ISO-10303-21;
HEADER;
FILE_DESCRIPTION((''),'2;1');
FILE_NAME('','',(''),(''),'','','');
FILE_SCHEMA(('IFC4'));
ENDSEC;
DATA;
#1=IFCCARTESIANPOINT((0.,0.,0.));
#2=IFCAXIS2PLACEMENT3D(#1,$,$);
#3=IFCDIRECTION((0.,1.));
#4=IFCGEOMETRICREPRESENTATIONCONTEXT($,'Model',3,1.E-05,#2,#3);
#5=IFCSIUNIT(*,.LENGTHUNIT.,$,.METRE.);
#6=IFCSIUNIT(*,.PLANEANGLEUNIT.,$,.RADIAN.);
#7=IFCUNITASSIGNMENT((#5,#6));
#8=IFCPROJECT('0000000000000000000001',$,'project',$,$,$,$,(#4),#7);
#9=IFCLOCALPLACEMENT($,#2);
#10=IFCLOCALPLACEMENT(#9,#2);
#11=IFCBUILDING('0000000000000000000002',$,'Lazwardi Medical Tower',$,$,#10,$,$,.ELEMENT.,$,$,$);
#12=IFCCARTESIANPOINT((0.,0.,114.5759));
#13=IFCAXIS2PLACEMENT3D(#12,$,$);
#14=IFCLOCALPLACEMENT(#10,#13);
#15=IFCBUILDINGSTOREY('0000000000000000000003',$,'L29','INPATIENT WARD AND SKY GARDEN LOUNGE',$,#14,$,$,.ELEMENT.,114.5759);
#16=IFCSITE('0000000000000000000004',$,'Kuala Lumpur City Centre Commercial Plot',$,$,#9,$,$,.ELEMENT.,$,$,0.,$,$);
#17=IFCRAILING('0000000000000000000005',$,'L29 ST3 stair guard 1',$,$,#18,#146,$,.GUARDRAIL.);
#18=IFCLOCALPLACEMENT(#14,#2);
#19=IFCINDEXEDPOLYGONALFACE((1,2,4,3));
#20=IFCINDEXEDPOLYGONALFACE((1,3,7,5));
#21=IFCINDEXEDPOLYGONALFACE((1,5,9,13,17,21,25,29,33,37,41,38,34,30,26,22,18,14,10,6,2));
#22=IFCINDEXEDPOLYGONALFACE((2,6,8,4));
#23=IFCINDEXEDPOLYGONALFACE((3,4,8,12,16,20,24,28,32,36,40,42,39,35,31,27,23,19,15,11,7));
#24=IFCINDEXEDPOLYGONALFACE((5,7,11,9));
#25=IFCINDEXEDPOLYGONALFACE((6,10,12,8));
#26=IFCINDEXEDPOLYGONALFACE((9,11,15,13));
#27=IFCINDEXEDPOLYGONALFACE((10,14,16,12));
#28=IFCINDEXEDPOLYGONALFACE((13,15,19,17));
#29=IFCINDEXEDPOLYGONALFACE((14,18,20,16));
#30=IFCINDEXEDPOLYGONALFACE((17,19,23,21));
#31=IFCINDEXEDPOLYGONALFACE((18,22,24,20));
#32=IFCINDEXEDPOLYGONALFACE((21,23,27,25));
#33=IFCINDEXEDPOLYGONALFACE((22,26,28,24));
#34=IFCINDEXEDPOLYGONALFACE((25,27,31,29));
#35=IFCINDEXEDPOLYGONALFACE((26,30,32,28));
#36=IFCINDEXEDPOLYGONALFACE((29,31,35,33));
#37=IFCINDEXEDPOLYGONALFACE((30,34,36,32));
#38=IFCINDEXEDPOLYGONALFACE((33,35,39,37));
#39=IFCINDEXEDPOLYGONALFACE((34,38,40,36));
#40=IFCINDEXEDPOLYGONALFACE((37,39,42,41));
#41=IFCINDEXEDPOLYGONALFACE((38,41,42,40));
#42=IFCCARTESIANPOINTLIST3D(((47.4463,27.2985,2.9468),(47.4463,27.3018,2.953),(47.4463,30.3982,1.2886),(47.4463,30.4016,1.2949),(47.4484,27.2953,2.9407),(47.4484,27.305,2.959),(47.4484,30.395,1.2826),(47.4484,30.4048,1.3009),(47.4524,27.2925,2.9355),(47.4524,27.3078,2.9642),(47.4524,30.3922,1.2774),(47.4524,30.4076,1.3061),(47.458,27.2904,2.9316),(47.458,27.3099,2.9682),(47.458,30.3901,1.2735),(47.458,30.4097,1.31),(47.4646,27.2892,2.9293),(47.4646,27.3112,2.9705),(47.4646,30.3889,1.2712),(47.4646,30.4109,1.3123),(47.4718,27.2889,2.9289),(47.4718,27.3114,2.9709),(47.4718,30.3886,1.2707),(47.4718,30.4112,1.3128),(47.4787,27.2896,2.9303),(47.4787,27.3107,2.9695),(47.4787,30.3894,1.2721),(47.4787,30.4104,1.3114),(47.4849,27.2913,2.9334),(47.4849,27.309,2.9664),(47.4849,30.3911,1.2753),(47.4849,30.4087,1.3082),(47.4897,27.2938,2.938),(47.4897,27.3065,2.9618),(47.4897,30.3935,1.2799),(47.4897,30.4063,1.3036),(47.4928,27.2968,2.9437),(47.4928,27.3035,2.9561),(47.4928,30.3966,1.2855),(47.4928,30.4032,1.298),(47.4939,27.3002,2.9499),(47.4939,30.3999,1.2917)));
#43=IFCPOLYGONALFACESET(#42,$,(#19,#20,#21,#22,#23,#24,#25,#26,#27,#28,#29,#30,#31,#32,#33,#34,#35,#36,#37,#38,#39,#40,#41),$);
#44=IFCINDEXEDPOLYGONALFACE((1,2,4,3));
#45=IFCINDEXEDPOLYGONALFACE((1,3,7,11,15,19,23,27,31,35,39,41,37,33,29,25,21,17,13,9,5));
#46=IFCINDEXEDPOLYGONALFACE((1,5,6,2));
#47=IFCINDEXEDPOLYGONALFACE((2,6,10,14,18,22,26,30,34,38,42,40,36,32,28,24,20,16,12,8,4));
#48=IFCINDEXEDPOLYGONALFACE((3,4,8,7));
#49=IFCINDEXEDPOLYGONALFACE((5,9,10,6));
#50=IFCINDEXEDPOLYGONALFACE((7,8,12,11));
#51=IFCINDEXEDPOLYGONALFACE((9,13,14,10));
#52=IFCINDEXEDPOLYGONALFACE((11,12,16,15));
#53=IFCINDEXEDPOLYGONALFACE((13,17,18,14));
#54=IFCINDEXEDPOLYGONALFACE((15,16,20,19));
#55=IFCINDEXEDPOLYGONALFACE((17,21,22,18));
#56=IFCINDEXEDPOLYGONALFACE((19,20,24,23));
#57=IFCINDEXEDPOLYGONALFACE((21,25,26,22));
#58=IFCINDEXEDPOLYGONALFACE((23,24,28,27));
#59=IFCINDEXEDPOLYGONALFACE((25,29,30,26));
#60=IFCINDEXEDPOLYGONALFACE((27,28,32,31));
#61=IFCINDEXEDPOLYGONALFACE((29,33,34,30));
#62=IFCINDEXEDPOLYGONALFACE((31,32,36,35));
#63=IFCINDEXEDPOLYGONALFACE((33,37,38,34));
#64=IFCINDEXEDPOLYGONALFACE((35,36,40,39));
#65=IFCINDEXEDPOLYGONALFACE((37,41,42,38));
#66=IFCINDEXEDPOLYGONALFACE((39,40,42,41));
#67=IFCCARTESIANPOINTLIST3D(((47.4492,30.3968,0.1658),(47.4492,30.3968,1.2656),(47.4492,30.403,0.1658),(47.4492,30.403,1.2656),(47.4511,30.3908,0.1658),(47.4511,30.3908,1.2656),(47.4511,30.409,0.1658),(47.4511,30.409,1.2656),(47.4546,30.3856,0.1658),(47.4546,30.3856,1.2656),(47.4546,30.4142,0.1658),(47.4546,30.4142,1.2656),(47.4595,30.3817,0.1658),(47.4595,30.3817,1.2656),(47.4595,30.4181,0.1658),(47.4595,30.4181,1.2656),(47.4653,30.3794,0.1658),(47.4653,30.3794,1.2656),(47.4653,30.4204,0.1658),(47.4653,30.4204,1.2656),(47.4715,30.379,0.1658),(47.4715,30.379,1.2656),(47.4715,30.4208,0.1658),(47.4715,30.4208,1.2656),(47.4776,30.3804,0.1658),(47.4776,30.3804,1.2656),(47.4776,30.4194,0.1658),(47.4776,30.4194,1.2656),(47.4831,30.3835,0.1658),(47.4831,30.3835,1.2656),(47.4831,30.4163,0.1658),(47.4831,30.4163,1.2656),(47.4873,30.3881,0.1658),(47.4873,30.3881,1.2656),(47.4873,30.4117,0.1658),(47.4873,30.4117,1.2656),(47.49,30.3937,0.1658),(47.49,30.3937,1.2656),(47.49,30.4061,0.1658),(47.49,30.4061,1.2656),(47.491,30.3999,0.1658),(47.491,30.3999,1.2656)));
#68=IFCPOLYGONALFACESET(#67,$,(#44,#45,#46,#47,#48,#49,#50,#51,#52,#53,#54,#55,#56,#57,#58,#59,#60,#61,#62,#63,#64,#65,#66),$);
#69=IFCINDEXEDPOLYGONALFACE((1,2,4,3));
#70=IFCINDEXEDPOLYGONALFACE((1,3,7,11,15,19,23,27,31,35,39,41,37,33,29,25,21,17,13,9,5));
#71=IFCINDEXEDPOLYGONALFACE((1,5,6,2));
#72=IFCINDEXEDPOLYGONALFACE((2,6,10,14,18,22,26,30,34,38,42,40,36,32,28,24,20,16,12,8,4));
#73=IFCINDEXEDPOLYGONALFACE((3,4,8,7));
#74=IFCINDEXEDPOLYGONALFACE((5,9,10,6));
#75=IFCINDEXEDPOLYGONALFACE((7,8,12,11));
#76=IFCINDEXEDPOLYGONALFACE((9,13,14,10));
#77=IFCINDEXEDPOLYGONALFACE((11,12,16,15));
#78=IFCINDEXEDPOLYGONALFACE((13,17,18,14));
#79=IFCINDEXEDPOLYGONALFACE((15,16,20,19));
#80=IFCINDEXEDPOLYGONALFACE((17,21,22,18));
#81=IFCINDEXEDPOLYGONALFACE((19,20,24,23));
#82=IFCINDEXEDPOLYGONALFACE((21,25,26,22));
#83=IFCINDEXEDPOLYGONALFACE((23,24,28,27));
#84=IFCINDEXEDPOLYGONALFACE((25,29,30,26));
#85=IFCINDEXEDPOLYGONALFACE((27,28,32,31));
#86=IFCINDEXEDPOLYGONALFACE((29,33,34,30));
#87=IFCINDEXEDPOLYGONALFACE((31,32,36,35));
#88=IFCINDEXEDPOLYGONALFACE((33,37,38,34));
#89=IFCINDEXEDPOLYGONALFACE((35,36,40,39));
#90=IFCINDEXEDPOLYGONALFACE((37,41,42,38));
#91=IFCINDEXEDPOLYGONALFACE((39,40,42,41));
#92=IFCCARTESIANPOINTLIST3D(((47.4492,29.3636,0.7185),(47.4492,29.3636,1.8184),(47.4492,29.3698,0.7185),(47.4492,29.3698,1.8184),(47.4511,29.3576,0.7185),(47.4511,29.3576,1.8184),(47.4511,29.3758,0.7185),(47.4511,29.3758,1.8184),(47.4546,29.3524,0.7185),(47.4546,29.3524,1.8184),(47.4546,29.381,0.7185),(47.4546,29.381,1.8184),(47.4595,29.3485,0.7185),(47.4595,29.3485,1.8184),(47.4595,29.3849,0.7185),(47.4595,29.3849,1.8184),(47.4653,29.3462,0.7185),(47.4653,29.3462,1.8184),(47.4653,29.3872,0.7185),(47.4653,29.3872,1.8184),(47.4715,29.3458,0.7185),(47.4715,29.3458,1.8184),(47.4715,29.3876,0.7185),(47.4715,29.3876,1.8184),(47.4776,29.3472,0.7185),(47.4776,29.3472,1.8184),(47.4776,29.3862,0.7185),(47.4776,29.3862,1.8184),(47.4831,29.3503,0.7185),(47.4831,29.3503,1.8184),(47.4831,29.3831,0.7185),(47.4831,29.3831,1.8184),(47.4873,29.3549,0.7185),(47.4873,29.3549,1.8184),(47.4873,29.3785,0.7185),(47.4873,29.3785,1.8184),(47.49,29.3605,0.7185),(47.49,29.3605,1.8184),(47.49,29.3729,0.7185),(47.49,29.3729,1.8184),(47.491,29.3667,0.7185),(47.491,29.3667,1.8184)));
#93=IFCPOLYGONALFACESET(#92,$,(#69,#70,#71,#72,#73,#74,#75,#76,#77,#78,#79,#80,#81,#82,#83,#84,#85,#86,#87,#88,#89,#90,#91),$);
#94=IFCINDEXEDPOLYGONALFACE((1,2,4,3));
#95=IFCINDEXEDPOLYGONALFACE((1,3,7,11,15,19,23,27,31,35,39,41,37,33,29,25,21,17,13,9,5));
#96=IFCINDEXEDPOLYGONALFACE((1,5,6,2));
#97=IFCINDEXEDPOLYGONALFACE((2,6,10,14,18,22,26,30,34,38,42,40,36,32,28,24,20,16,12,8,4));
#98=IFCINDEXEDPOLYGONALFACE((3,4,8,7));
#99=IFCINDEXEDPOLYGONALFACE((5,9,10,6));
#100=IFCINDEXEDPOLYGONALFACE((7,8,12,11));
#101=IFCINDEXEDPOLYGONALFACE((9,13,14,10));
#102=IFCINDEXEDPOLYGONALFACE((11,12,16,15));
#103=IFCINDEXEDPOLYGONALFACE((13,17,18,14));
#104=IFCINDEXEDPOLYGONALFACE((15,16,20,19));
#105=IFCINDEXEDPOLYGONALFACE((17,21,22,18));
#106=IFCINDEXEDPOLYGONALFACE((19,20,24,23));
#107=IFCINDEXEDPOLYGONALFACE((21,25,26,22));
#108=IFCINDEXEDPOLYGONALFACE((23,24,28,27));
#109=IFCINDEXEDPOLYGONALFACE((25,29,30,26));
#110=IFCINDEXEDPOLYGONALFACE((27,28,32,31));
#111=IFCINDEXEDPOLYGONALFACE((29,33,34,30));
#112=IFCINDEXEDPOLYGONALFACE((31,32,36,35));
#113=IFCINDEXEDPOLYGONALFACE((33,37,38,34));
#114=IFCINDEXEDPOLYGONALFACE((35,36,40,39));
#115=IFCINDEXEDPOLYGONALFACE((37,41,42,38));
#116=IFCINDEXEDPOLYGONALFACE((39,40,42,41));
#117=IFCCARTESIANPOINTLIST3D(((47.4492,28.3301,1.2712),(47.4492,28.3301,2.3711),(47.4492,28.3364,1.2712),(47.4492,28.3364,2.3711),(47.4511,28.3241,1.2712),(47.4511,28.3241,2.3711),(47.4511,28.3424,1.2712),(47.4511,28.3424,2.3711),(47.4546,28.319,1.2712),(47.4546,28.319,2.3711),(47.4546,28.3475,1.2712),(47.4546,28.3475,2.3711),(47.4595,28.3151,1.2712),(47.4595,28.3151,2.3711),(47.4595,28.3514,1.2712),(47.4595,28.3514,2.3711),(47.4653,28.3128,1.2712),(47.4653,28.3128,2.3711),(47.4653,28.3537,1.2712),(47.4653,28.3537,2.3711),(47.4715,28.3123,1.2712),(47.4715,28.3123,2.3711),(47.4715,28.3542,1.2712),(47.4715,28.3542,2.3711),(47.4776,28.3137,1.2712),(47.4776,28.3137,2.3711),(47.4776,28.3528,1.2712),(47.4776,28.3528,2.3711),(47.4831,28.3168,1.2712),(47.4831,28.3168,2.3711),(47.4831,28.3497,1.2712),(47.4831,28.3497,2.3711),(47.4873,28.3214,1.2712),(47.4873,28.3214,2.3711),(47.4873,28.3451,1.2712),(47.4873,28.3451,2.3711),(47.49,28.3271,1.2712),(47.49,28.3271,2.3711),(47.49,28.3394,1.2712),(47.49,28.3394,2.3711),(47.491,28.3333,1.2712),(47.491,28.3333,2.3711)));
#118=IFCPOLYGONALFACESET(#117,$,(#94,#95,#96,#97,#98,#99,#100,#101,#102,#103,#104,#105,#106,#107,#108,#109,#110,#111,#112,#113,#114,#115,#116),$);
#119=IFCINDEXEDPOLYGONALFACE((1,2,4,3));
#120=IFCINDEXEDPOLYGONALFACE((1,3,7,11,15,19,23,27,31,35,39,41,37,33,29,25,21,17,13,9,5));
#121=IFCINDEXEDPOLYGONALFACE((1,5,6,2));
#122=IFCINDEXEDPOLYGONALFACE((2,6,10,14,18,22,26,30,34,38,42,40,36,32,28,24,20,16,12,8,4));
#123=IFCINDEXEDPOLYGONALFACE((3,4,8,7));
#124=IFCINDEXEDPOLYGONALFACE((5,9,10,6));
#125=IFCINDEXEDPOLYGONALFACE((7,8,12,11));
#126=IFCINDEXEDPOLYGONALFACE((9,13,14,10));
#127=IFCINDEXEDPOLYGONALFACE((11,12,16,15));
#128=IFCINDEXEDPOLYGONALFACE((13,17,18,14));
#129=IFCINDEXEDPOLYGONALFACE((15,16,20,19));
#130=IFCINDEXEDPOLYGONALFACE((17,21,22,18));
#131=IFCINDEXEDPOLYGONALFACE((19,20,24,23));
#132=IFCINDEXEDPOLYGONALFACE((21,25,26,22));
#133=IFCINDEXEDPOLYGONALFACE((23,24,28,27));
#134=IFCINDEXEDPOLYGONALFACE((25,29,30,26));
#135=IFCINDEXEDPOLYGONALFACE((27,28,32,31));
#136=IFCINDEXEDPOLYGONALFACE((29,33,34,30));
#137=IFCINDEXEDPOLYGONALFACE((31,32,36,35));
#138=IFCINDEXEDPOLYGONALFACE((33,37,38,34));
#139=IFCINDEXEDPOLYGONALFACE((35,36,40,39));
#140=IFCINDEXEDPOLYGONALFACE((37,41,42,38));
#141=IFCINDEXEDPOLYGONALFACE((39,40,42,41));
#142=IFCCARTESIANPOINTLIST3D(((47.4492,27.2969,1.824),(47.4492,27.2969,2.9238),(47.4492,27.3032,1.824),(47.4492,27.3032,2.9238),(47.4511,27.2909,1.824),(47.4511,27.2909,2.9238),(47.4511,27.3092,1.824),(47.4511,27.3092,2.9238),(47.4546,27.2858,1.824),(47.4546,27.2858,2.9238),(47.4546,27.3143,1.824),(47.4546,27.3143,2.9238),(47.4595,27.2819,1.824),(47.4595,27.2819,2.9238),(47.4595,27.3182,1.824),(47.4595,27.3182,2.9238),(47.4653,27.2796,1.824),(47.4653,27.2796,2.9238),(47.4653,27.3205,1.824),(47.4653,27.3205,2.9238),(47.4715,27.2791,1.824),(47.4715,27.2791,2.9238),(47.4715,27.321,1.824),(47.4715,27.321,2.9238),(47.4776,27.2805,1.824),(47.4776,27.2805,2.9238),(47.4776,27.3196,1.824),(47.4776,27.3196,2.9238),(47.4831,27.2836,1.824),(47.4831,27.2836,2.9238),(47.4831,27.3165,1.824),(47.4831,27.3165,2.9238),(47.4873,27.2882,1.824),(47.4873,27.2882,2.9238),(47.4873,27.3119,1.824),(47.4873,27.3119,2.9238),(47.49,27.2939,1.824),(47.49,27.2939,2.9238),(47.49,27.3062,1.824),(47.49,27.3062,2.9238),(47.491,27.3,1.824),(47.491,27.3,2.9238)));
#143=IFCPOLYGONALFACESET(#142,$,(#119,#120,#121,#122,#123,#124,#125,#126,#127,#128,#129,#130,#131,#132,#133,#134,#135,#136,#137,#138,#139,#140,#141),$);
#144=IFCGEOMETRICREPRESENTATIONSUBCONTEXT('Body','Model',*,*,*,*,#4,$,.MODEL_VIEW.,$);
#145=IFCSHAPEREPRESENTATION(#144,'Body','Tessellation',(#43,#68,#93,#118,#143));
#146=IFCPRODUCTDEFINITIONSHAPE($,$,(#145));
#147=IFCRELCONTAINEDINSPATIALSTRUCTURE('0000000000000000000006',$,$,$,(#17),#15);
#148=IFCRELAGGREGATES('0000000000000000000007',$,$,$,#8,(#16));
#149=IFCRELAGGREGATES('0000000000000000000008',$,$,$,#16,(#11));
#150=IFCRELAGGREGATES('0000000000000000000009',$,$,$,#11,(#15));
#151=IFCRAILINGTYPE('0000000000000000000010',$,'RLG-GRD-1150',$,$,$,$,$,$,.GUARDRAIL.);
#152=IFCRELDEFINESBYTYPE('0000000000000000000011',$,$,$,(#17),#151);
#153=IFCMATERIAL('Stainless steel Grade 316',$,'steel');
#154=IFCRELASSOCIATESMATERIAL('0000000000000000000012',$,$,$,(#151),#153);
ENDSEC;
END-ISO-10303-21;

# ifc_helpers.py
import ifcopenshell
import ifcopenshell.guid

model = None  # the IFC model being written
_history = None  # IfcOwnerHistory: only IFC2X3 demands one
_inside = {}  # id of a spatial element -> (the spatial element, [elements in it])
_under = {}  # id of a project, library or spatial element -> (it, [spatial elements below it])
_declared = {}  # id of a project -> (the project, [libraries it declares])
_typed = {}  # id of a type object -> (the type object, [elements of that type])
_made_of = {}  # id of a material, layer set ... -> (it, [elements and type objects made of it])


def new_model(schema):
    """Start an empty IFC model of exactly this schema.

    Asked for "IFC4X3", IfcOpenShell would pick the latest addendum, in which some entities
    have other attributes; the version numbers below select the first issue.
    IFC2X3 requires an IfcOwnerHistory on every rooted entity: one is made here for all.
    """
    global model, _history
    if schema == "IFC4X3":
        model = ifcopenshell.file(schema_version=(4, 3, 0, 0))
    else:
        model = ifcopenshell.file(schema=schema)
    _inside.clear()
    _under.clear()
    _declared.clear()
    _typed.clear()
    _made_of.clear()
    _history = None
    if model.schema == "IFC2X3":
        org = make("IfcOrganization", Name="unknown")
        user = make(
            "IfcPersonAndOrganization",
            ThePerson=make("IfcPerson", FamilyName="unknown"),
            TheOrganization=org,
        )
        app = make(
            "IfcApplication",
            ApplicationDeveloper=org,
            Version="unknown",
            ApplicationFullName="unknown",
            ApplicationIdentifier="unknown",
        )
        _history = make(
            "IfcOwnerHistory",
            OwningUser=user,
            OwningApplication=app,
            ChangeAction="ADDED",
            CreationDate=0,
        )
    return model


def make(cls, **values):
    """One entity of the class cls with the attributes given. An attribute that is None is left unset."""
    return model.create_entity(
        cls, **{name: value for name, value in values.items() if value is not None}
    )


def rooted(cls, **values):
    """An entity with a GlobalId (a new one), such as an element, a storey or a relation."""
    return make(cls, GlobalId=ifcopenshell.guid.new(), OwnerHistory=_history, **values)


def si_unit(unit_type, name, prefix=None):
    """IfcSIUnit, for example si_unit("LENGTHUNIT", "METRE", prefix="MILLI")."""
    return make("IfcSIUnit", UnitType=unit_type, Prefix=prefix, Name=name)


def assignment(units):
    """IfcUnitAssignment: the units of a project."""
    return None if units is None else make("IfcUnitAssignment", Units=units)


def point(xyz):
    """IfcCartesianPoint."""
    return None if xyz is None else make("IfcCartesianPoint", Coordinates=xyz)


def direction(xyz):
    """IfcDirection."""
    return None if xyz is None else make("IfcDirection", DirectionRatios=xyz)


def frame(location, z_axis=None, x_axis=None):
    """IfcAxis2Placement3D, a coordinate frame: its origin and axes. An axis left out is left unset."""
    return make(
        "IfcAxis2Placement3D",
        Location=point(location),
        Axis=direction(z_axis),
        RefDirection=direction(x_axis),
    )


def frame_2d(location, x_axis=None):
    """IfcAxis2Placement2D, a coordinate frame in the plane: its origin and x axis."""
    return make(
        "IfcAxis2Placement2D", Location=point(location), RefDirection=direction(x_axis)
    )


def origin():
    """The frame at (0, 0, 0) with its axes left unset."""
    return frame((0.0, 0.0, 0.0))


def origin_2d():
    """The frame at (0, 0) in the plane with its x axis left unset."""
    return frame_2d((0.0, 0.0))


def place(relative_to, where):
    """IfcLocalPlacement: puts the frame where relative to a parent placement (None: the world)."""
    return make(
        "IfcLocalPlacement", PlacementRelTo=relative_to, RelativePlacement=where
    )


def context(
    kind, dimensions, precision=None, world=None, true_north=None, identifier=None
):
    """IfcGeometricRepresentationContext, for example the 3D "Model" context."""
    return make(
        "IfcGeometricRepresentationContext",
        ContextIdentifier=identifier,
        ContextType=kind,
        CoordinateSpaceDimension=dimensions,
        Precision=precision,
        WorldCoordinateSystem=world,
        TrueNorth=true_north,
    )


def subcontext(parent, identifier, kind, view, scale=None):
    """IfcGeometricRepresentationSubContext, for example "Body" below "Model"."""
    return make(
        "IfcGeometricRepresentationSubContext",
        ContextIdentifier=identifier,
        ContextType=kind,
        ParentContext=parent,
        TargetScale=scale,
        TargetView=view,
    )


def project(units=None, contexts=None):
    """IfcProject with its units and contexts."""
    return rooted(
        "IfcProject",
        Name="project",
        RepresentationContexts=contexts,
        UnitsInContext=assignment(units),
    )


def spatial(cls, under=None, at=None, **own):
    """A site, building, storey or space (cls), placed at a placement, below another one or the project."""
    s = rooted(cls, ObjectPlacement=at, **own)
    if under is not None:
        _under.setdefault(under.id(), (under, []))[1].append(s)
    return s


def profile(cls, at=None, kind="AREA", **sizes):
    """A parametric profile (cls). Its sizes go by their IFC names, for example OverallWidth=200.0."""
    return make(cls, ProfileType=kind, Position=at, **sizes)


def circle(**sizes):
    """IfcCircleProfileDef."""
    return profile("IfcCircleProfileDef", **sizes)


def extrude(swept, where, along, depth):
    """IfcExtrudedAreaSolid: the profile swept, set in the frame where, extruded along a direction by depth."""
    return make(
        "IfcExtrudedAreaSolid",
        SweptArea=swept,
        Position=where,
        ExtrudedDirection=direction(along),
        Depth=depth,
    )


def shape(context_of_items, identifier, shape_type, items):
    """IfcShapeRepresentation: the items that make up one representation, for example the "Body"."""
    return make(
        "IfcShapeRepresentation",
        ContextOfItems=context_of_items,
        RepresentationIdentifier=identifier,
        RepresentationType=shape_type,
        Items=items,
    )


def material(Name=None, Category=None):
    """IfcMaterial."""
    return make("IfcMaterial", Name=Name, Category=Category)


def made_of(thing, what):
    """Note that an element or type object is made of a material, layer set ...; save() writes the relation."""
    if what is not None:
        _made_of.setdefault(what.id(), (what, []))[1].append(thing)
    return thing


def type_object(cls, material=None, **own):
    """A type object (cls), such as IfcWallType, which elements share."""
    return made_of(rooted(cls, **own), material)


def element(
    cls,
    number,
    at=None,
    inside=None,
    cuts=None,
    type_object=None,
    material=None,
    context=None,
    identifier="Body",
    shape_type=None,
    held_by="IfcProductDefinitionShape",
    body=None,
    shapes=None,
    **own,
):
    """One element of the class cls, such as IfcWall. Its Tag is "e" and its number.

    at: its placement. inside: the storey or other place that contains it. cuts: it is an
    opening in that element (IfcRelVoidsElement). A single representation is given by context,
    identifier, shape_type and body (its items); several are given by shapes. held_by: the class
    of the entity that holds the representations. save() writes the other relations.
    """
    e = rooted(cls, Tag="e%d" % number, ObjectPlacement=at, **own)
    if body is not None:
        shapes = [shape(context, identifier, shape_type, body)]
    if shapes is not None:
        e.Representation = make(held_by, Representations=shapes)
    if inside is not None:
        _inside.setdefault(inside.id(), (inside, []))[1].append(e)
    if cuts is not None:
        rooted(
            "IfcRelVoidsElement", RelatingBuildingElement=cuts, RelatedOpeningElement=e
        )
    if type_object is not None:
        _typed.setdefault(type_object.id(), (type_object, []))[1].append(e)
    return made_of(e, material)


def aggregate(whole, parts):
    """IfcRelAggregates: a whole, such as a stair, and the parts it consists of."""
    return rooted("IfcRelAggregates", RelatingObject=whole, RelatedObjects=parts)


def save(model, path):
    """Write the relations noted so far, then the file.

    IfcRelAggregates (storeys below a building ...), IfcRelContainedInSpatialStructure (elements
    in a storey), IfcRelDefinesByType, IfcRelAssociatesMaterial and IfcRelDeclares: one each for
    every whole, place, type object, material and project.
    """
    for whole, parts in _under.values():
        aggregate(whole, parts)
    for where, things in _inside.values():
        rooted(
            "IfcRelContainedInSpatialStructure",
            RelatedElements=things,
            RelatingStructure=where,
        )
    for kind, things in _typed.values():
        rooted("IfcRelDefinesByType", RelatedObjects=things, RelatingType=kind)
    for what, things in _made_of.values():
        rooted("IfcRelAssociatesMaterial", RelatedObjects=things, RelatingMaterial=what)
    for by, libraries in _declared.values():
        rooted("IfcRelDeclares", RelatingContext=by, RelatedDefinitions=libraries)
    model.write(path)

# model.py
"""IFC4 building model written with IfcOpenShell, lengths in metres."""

from ifc_helpers import new_model, si_unit, direction, frame, origin, origin_2d, place, context, subcontext, project, spatial, circle, extrude, material, type_object, element, save


model = new_model("IFC4")

# Units and contexts
model_context = context("Model", 3, precision=1e-05, world=origin(), true_north=direction((0.0, 1.0)))
body_context = subcontext(model_context, "Body", "Model", "MODEL_VIEW")
ifc_project = project(units=[si_unit("LENGTHUNIT", "METRE"), si_unit("PLANEANGLEUNIT", "RADIAN")], contexts=[model_context])

# Site, building, storey
site_placement = place(None, origin())
site = spatial("IfcSite", under=ifc_project, at=site_placement, Name="Kuala Lumpur City Centre Commercial Plot", CompositionType="ELEMENT", RefElevation=0.0)
building_placement = place(site_placement, origin())
building = spatial("IfcBuilding", under=site, at=building_placement, Name="Lazwardi Medical Tower", CompositionType="ELEMENT")
storey_placement = place(building_placement, frame((0.0, 0.0, 114.5759)))
storey = spatial("IfcBuildingStorey", under=building, at=storey_placement, Name="L29", Description="INPATIENT WARD AND SKY GARDEN LOUNGE", CompositionType="ELEMENT", Elevation=114.5759)

# Railing
ifc_material_1 = material(Name="Stainless steel Grade 316", Category="steel")
railing_type = type_object("IfcRailingType", Name="RLG-GRD-1150", PredefinedType="GUARDRAIL", material=ifc_material_1)
railing_1_placement = place(storey_placement, frame((47.47, 30.3999, 0.1658)))
element("IfcRailing", 1, at=railing_1_placement, inside=storey, type_object=railing_type, Name="L29 ST3 stair guard 1", PredefinedType="GUARDRAIL", context=body_context, shape_type="SweptSolid", body=[
    extrude(circle(Radius=0.0239, at=origin_2d()), frame((0.0, 0.0, 1.126), z_axis=(0.0, -0.881768, 0.471684), x_axis=(1.0, 0.0, 0.0)), (0.0, 0.0, 1.0), 3.5154),
    extrude(circle(Radius=0.021, at=origin_2d()), origin(), (0.0, 0.0, 1.0), 1.0999),
    extrude(circle(Radius=0.021, at=origin_2d()), frame((0.0, -1.0332, 0.5527)), (0.0, 0.0, 1.0), 1.0999),
    extrude(circle(Radius=0.021, at=origin_2d()), frame((0.0, -2.0667, 1.1055)), (0.0, 0.0, 1.0), 1.0999),
    extrude(circle(Radius=0.021, at=origin_2d()), frame((0.0, -3.0999, 1.6582)), (0.0, 0.0, 1.0), 1.0999),
])

save(model, "model.ifc")
